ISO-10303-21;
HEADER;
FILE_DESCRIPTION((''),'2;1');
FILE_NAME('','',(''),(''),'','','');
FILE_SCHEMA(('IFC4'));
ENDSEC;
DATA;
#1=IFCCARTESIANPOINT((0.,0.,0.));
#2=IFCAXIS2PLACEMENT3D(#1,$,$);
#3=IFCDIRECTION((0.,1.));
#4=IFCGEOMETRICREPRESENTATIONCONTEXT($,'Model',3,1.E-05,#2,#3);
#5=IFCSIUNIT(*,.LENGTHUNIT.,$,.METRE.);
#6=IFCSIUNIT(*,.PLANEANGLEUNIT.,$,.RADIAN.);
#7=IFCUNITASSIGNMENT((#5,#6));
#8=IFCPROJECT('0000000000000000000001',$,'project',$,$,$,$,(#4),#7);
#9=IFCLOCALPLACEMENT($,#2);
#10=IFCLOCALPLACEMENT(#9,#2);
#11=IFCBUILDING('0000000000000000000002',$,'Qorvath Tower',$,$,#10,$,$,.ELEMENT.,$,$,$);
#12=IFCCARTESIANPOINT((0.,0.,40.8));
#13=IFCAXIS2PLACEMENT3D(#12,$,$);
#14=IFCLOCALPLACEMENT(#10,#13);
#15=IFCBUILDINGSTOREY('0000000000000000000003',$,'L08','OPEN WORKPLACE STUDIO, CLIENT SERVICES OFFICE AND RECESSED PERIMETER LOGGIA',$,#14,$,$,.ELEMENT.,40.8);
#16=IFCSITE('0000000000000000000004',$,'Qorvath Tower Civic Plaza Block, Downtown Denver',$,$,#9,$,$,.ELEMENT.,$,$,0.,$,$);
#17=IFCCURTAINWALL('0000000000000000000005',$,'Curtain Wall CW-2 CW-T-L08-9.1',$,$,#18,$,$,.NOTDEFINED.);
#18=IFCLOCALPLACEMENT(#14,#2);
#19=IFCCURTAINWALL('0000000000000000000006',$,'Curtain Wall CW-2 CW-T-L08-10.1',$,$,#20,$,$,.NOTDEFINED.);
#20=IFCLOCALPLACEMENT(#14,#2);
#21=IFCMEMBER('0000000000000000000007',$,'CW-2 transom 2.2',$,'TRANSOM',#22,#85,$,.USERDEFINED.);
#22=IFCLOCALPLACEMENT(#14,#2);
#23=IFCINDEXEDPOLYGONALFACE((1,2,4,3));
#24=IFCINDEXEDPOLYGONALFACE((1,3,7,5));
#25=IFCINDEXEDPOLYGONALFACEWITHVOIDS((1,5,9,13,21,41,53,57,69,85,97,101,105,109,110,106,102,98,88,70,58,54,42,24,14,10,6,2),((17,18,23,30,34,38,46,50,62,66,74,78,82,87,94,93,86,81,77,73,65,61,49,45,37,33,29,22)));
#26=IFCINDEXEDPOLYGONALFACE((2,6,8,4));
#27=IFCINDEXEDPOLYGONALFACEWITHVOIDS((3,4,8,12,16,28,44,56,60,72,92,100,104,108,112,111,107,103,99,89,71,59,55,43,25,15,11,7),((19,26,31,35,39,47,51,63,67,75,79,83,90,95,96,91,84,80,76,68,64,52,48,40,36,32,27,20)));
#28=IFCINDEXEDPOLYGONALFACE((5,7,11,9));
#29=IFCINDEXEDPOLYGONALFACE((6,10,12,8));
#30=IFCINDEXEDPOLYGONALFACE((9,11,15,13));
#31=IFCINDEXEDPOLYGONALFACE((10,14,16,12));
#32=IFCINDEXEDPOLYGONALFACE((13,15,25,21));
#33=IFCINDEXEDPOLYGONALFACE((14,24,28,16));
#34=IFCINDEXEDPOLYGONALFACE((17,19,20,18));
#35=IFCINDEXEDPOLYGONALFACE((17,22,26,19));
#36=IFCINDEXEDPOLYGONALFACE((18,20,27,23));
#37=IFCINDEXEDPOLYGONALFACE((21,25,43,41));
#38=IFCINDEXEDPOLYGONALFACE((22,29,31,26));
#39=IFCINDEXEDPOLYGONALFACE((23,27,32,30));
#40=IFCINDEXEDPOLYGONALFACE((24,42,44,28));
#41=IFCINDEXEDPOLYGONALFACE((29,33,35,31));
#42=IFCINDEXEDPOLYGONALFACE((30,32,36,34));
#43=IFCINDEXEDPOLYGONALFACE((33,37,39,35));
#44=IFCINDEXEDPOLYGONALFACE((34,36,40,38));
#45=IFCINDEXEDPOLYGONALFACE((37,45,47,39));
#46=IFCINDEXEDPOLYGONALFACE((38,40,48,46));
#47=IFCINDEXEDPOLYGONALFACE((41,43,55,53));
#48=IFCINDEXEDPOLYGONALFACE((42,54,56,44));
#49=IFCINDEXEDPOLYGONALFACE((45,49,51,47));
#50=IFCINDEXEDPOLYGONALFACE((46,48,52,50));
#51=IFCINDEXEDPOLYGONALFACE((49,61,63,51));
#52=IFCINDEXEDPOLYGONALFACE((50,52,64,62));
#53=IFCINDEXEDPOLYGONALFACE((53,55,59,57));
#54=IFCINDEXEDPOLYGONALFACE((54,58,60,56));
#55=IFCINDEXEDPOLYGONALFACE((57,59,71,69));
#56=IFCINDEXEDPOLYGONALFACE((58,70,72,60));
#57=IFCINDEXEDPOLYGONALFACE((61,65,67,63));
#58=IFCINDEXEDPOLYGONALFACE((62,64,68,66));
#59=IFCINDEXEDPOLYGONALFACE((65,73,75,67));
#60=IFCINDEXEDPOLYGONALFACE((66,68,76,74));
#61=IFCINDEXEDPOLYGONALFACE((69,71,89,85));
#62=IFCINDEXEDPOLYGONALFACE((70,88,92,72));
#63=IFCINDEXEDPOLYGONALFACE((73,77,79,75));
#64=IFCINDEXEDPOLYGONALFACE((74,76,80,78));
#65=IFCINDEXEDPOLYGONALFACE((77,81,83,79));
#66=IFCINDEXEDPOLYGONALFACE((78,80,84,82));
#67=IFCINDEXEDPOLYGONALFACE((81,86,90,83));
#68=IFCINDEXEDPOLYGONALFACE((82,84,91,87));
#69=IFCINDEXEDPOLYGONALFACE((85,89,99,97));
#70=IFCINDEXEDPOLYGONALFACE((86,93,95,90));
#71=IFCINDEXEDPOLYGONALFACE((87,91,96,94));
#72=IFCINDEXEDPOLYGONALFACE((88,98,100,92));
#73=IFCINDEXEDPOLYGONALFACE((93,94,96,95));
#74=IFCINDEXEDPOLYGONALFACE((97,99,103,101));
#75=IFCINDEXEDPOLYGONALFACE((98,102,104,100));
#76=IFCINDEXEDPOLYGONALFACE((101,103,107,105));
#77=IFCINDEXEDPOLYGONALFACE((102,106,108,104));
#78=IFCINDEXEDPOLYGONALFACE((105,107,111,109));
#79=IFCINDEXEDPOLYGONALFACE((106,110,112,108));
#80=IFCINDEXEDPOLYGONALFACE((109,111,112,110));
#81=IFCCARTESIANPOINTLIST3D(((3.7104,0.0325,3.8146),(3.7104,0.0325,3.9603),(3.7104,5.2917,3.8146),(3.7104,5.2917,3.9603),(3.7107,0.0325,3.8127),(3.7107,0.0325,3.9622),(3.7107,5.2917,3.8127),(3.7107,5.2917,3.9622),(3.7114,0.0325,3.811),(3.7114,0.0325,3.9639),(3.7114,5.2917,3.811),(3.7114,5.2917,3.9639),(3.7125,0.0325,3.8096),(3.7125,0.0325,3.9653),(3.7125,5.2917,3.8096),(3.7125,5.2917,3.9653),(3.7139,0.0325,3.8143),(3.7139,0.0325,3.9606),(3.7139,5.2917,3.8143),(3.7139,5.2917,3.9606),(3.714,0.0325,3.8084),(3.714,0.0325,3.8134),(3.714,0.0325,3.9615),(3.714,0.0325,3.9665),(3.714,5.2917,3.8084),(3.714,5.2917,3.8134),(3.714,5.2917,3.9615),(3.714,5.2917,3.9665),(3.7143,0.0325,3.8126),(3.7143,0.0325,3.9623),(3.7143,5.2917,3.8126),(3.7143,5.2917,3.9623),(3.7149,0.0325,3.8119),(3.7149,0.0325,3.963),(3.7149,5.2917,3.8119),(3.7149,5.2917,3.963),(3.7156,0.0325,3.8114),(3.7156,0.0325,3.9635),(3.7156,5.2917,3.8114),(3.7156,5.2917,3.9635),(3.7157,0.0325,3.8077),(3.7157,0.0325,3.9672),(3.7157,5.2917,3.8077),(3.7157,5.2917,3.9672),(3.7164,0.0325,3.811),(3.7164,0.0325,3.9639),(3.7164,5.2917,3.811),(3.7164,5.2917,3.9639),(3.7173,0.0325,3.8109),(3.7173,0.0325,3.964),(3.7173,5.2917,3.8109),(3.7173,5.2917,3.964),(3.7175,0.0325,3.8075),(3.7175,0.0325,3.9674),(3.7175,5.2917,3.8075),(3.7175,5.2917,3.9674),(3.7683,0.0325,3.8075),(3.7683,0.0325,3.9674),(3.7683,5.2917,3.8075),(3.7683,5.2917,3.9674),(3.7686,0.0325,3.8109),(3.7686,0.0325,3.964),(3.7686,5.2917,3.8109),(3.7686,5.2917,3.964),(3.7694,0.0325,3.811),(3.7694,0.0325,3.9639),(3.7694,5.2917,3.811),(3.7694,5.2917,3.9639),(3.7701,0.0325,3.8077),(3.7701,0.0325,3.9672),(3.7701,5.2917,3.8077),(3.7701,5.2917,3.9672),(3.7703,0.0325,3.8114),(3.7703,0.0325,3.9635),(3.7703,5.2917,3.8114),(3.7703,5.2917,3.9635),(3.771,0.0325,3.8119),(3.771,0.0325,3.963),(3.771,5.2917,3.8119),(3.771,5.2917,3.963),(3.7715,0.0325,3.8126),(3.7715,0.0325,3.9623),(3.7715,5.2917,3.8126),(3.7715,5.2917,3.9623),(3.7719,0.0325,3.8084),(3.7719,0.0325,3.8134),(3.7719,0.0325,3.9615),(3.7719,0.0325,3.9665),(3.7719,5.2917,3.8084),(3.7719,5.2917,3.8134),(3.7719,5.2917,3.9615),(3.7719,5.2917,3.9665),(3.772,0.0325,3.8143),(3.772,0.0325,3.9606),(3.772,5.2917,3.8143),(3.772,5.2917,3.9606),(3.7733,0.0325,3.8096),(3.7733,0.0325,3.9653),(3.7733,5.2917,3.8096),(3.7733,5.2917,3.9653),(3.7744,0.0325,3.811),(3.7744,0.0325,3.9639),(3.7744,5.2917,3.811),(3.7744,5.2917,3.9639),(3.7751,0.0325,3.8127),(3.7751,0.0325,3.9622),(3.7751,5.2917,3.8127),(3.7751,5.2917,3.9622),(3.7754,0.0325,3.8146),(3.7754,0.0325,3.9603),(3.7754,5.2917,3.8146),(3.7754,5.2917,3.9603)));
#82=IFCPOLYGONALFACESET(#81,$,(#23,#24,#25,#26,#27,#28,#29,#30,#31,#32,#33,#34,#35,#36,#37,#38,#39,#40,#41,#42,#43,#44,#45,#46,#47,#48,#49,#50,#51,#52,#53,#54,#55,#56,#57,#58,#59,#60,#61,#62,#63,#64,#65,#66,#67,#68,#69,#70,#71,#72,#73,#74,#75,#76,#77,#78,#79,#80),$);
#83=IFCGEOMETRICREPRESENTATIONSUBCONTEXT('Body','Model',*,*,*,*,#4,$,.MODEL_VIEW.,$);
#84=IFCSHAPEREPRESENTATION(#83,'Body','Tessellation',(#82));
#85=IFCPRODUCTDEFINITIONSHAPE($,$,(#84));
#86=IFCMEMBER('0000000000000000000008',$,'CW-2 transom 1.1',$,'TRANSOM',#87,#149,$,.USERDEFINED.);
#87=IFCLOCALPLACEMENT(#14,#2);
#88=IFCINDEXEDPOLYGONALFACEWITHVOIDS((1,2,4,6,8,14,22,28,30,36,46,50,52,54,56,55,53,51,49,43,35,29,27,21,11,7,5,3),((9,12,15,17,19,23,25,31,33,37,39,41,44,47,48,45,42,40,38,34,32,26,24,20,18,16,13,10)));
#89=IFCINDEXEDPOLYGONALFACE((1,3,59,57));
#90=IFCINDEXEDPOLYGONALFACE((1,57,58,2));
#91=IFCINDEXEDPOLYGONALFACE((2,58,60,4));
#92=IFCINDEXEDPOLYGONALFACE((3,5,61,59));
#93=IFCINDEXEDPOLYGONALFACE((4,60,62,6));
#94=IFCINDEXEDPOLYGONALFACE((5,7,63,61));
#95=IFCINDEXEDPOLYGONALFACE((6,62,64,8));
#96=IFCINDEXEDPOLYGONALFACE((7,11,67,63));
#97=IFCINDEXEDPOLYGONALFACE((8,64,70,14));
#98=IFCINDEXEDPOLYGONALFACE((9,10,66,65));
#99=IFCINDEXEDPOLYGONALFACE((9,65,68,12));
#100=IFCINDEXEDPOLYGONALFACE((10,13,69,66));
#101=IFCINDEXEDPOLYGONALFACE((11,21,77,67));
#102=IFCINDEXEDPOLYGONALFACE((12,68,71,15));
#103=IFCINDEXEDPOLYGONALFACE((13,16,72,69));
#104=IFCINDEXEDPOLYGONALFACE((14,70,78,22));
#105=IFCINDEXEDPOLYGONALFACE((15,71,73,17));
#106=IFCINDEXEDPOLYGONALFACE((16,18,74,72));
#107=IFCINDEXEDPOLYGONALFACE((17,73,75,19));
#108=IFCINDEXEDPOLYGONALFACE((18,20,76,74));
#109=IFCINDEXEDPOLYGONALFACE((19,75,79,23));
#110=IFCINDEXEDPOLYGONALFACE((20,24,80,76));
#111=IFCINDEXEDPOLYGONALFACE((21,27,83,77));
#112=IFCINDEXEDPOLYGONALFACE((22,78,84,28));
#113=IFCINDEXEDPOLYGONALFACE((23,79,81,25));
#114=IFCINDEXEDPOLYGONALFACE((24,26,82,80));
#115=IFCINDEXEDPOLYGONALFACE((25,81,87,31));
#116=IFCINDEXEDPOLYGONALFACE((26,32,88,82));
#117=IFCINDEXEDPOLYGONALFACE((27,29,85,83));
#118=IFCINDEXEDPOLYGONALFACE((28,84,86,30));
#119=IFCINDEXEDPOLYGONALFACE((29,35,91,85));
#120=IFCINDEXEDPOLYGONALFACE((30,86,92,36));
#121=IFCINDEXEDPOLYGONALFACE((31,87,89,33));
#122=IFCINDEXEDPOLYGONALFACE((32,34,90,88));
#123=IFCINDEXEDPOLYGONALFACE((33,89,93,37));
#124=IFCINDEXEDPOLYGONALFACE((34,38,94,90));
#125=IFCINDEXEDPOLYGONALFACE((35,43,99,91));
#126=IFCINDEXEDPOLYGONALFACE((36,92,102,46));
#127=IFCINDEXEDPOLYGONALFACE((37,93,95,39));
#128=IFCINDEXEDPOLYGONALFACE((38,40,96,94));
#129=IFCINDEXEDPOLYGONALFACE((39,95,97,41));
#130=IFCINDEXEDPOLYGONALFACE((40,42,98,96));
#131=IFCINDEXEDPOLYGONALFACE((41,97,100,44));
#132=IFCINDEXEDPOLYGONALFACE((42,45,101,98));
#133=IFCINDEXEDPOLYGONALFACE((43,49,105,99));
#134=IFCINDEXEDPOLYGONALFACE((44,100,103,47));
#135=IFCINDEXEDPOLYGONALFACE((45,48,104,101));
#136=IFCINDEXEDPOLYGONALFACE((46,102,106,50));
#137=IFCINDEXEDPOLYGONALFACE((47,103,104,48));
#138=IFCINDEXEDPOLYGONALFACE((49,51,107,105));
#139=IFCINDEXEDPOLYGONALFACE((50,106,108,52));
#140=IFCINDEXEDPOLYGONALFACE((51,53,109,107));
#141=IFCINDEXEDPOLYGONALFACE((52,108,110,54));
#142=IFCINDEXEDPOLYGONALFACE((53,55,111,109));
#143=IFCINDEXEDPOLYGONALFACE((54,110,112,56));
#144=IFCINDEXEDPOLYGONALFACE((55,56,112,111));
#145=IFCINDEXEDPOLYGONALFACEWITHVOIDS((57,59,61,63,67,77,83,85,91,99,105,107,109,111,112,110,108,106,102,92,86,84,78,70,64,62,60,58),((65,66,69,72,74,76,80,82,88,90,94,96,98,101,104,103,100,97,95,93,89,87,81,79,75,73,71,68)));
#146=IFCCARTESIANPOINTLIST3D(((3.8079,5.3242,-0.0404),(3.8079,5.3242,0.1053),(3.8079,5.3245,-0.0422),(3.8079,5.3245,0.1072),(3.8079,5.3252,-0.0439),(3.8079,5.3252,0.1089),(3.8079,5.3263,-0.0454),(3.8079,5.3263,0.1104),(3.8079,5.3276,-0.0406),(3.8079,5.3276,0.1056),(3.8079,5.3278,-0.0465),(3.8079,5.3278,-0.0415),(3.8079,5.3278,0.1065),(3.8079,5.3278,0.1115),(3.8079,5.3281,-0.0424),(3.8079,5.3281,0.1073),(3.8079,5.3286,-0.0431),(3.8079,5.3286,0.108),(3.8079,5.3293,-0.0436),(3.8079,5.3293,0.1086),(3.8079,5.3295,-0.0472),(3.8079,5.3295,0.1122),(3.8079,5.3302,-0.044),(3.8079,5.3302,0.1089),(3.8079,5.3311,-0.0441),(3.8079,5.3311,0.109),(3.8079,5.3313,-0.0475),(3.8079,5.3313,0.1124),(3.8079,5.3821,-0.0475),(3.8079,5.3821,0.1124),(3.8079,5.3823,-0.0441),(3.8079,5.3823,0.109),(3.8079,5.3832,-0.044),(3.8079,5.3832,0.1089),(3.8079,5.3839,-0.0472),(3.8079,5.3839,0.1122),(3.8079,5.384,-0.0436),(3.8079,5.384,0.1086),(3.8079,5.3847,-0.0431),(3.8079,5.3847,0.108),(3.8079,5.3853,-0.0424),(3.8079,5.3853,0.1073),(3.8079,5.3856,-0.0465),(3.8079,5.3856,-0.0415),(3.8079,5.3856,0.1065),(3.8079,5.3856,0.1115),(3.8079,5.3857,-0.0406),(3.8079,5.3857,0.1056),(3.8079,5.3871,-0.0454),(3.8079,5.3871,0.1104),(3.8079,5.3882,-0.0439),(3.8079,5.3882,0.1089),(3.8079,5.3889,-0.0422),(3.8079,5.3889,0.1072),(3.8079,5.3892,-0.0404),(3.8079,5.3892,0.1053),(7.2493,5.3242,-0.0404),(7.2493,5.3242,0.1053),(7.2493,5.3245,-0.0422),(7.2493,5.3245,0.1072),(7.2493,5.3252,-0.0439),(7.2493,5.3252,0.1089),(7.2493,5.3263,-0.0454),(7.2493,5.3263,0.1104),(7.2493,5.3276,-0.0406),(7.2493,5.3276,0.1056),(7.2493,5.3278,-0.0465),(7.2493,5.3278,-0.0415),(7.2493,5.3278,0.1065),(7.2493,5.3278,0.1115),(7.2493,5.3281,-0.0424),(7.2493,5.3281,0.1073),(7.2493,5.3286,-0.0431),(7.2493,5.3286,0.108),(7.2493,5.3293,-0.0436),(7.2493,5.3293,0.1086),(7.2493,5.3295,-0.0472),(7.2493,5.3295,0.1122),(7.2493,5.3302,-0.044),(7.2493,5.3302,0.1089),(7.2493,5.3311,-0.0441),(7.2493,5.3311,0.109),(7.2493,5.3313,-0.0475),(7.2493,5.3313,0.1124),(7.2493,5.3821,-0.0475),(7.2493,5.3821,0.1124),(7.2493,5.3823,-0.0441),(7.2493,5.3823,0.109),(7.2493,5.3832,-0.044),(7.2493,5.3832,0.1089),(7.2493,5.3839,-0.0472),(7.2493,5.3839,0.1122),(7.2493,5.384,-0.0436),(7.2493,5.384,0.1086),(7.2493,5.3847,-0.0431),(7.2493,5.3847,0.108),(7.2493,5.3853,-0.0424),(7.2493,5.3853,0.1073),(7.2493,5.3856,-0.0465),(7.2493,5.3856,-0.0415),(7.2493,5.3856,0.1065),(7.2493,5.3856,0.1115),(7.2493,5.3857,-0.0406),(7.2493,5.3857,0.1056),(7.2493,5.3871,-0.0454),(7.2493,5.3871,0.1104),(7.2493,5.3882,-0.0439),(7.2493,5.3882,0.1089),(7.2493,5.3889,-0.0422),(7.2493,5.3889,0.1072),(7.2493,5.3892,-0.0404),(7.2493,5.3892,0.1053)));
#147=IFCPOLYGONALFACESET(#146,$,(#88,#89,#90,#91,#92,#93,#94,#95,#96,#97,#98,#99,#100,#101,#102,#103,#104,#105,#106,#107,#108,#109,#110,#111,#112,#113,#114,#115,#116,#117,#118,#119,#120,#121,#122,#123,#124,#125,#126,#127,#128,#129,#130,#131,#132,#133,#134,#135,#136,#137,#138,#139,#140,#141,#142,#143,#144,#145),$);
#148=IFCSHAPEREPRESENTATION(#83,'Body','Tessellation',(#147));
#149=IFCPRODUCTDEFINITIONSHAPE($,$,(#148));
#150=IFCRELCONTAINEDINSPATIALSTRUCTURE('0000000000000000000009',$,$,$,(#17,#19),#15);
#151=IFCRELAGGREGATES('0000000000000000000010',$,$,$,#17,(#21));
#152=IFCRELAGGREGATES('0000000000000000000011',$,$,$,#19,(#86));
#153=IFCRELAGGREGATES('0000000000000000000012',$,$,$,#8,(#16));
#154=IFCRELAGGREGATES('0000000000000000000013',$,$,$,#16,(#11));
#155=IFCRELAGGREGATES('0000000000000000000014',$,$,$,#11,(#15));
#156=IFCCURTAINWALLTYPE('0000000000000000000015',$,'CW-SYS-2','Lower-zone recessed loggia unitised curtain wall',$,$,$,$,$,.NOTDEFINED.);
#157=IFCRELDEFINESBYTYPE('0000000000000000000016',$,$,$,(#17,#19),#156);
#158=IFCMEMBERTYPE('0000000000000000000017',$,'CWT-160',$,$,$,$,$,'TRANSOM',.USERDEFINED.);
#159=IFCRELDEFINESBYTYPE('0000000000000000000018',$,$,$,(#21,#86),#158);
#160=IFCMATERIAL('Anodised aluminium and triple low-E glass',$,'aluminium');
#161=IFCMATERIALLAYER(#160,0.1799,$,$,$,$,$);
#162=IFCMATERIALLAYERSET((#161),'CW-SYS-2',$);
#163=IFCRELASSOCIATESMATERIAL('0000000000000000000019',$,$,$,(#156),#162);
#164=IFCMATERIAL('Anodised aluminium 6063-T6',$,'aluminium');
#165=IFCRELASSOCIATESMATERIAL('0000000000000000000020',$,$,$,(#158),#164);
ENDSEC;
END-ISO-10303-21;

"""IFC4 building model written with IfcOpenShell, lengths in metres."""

from ifc_helpers import new_model, si_unit, direction, frame, origin, origin_2d, place, context, subcontext, project, spatial, hollow_rectangle, extrude, material, layer, layer_set, material_profile, profile_set, type_object, element, aggregate, save


model = new_model("IFC4")

# Units and contexts
model_context = context("Model", 3, precision=1e-05, world=origin(), true_north=direction((0.0, 1.0)))
body_context = subcontext(model_context, "Body", "Model", "MODEL_VIEW")
ifc_project = project(units=[si_unit("LENGTHUNIT", "METRE"), si_unit("PLANEANGLEUNIT", "RADIAN")], contexts=[model_context])

# Site, building, storey
site_placement = place(None, origin())
site = spatial("IfcSite", under=ifc_project, at=site_placement, Name="Qorvath Tower Civic Plaza Block, Downtown Denver", CompositionType="ELEMENT", RefElevation=0.0)
building_placement = place(site_placement, origin())
building = spatial("IfcBuilding", under=site, at=building_placement, Name="Qorvath Tower", CompositionType="ELEMENT")
storey_placement = place(building_placement, frame((0.0, 0.0, 40.8)))
storey = spatial("IfcBuildingStorey", under=building, at=storey_placement, Name="L08", Description="OPEN WORKPLACE STUDIO, CLIENT SERVICES OFFICE AND RECESSED PERIMETER LOGGIA", CompositionType="ELEMENT", Elevation=40.8)

# Curtain walls
ifc_material_1 = material(Name="Anodised aluminium and triple low-E glass", Category="aluminium")
ifc_layer_1 = layer(ifc_material_1, 0.1799)
ifc_layer_set_1 = layer_set([ifc_layer_1], Name="CW-SYS-2")
curtain_wall_type = type_object("IfcCurtainWallType", Name="CW-SYS-2", Description="Lower-zone recessed loggia unitised curtain wall", PredefinedType="NOTDEFINED", material=ifc_layer_set_1)
curtain_wall_1_placement = place(storey_placement, origin())
curtain_wall_1 = element("IfcCurtainWall", 1, at=curtain_wall_1_placement, inside=storey, type_object=curtain_wall_type, Name="Curtain Wall CW-2 CW-T-L08-9.1", PredefinedType="NOTDEFINED")
curtain_wall_2_placement = place(storey_placement, origin())
curtain_wall_2 = element("IfcCurtainWall", 2, at=curtain_wall_2_placement, inside=storey, type_object=curtain_wall_type, Name="Curtain Wall CW-2 CW-T-L08-10.1", PredefinedType="NOTDEFINED")

# Members
ifc_material_2 = material(Name="Anodised aluminium 6063-T6", Category="aluminium")
ifc_material_profile_1 = material_profile(ifc_material_2, hollow_rectangle(XDim=0.0649, YDim=0.1599, WallThickness=0.0034, InnerFilletRadius=0.0034, OuterFilletRadius=0.0071, at=origin_2d()), Name="CWT 160x65")
ifc_profile_set_1 = profile_set([ifc_material_profile_1], Name="Anodised aluminium 6063-T6")
member_type_1 = type_object("IfcMemberType", Name="CWT-160", ElementType="TRANSOM", PredefinedType="USERDEFINED", material=ifc_profile_set_1)
member_1_placement = place(storey_placement, frame((3.7429, 0.0325, 3.8875), z_axis=(0.0, 1.0, 0.0), x_axis=(-1.0, 0.0, 0.0)))
member_1 = element("IfcMember", 3, at=member_1_placement, type_object=member_type_1, Name="CW-2 transom 2.2", ObjectType="TRANSOM", PredefinedType="USERDEFINED", context=body_context, shape_type="SweptSolid", body=[
    extrude(hollow_rectangle(XDim=0.0649, YDim=0.1599, WallThickness=0.0034, InnerFilletRadius=0.0034, OuterFilletRadius=0.0071, at=origin_2d()), origin(), (0.0, 0.0, 1.0), 5.2593),
])
member_2_placement = place(storey_placement, frame((3.8079, 5.3567, 0.0325), z_axis=(1.0, 0.0, 0.0), x_axis=(0.0, 1.0, 0.0)))
member_2 = element("IfcMember", 4, at=member_2_placement, type_object=member_type_1, Name="CW-2 transom 1.1", ObjectType="TRANSOM", PredefinedType="USERDEFINED", context=body_context, shape_type="SweptSolid", body=[
    extrude(hollow_rectangle(XDim=0.0649, YDim=0.1599, WallThickness=0.0034, InnerFilletRadius=0.0034, OuterFilletRadius=0.0071, at=origin_2d()), origin(), (0.0, 0.0, 1.0), 3.4414),
])

aggregate(curtain_wall_1, [member_1])
aggregate(curtain_wall_2, [member_2])

save(model, "model.ifc")
